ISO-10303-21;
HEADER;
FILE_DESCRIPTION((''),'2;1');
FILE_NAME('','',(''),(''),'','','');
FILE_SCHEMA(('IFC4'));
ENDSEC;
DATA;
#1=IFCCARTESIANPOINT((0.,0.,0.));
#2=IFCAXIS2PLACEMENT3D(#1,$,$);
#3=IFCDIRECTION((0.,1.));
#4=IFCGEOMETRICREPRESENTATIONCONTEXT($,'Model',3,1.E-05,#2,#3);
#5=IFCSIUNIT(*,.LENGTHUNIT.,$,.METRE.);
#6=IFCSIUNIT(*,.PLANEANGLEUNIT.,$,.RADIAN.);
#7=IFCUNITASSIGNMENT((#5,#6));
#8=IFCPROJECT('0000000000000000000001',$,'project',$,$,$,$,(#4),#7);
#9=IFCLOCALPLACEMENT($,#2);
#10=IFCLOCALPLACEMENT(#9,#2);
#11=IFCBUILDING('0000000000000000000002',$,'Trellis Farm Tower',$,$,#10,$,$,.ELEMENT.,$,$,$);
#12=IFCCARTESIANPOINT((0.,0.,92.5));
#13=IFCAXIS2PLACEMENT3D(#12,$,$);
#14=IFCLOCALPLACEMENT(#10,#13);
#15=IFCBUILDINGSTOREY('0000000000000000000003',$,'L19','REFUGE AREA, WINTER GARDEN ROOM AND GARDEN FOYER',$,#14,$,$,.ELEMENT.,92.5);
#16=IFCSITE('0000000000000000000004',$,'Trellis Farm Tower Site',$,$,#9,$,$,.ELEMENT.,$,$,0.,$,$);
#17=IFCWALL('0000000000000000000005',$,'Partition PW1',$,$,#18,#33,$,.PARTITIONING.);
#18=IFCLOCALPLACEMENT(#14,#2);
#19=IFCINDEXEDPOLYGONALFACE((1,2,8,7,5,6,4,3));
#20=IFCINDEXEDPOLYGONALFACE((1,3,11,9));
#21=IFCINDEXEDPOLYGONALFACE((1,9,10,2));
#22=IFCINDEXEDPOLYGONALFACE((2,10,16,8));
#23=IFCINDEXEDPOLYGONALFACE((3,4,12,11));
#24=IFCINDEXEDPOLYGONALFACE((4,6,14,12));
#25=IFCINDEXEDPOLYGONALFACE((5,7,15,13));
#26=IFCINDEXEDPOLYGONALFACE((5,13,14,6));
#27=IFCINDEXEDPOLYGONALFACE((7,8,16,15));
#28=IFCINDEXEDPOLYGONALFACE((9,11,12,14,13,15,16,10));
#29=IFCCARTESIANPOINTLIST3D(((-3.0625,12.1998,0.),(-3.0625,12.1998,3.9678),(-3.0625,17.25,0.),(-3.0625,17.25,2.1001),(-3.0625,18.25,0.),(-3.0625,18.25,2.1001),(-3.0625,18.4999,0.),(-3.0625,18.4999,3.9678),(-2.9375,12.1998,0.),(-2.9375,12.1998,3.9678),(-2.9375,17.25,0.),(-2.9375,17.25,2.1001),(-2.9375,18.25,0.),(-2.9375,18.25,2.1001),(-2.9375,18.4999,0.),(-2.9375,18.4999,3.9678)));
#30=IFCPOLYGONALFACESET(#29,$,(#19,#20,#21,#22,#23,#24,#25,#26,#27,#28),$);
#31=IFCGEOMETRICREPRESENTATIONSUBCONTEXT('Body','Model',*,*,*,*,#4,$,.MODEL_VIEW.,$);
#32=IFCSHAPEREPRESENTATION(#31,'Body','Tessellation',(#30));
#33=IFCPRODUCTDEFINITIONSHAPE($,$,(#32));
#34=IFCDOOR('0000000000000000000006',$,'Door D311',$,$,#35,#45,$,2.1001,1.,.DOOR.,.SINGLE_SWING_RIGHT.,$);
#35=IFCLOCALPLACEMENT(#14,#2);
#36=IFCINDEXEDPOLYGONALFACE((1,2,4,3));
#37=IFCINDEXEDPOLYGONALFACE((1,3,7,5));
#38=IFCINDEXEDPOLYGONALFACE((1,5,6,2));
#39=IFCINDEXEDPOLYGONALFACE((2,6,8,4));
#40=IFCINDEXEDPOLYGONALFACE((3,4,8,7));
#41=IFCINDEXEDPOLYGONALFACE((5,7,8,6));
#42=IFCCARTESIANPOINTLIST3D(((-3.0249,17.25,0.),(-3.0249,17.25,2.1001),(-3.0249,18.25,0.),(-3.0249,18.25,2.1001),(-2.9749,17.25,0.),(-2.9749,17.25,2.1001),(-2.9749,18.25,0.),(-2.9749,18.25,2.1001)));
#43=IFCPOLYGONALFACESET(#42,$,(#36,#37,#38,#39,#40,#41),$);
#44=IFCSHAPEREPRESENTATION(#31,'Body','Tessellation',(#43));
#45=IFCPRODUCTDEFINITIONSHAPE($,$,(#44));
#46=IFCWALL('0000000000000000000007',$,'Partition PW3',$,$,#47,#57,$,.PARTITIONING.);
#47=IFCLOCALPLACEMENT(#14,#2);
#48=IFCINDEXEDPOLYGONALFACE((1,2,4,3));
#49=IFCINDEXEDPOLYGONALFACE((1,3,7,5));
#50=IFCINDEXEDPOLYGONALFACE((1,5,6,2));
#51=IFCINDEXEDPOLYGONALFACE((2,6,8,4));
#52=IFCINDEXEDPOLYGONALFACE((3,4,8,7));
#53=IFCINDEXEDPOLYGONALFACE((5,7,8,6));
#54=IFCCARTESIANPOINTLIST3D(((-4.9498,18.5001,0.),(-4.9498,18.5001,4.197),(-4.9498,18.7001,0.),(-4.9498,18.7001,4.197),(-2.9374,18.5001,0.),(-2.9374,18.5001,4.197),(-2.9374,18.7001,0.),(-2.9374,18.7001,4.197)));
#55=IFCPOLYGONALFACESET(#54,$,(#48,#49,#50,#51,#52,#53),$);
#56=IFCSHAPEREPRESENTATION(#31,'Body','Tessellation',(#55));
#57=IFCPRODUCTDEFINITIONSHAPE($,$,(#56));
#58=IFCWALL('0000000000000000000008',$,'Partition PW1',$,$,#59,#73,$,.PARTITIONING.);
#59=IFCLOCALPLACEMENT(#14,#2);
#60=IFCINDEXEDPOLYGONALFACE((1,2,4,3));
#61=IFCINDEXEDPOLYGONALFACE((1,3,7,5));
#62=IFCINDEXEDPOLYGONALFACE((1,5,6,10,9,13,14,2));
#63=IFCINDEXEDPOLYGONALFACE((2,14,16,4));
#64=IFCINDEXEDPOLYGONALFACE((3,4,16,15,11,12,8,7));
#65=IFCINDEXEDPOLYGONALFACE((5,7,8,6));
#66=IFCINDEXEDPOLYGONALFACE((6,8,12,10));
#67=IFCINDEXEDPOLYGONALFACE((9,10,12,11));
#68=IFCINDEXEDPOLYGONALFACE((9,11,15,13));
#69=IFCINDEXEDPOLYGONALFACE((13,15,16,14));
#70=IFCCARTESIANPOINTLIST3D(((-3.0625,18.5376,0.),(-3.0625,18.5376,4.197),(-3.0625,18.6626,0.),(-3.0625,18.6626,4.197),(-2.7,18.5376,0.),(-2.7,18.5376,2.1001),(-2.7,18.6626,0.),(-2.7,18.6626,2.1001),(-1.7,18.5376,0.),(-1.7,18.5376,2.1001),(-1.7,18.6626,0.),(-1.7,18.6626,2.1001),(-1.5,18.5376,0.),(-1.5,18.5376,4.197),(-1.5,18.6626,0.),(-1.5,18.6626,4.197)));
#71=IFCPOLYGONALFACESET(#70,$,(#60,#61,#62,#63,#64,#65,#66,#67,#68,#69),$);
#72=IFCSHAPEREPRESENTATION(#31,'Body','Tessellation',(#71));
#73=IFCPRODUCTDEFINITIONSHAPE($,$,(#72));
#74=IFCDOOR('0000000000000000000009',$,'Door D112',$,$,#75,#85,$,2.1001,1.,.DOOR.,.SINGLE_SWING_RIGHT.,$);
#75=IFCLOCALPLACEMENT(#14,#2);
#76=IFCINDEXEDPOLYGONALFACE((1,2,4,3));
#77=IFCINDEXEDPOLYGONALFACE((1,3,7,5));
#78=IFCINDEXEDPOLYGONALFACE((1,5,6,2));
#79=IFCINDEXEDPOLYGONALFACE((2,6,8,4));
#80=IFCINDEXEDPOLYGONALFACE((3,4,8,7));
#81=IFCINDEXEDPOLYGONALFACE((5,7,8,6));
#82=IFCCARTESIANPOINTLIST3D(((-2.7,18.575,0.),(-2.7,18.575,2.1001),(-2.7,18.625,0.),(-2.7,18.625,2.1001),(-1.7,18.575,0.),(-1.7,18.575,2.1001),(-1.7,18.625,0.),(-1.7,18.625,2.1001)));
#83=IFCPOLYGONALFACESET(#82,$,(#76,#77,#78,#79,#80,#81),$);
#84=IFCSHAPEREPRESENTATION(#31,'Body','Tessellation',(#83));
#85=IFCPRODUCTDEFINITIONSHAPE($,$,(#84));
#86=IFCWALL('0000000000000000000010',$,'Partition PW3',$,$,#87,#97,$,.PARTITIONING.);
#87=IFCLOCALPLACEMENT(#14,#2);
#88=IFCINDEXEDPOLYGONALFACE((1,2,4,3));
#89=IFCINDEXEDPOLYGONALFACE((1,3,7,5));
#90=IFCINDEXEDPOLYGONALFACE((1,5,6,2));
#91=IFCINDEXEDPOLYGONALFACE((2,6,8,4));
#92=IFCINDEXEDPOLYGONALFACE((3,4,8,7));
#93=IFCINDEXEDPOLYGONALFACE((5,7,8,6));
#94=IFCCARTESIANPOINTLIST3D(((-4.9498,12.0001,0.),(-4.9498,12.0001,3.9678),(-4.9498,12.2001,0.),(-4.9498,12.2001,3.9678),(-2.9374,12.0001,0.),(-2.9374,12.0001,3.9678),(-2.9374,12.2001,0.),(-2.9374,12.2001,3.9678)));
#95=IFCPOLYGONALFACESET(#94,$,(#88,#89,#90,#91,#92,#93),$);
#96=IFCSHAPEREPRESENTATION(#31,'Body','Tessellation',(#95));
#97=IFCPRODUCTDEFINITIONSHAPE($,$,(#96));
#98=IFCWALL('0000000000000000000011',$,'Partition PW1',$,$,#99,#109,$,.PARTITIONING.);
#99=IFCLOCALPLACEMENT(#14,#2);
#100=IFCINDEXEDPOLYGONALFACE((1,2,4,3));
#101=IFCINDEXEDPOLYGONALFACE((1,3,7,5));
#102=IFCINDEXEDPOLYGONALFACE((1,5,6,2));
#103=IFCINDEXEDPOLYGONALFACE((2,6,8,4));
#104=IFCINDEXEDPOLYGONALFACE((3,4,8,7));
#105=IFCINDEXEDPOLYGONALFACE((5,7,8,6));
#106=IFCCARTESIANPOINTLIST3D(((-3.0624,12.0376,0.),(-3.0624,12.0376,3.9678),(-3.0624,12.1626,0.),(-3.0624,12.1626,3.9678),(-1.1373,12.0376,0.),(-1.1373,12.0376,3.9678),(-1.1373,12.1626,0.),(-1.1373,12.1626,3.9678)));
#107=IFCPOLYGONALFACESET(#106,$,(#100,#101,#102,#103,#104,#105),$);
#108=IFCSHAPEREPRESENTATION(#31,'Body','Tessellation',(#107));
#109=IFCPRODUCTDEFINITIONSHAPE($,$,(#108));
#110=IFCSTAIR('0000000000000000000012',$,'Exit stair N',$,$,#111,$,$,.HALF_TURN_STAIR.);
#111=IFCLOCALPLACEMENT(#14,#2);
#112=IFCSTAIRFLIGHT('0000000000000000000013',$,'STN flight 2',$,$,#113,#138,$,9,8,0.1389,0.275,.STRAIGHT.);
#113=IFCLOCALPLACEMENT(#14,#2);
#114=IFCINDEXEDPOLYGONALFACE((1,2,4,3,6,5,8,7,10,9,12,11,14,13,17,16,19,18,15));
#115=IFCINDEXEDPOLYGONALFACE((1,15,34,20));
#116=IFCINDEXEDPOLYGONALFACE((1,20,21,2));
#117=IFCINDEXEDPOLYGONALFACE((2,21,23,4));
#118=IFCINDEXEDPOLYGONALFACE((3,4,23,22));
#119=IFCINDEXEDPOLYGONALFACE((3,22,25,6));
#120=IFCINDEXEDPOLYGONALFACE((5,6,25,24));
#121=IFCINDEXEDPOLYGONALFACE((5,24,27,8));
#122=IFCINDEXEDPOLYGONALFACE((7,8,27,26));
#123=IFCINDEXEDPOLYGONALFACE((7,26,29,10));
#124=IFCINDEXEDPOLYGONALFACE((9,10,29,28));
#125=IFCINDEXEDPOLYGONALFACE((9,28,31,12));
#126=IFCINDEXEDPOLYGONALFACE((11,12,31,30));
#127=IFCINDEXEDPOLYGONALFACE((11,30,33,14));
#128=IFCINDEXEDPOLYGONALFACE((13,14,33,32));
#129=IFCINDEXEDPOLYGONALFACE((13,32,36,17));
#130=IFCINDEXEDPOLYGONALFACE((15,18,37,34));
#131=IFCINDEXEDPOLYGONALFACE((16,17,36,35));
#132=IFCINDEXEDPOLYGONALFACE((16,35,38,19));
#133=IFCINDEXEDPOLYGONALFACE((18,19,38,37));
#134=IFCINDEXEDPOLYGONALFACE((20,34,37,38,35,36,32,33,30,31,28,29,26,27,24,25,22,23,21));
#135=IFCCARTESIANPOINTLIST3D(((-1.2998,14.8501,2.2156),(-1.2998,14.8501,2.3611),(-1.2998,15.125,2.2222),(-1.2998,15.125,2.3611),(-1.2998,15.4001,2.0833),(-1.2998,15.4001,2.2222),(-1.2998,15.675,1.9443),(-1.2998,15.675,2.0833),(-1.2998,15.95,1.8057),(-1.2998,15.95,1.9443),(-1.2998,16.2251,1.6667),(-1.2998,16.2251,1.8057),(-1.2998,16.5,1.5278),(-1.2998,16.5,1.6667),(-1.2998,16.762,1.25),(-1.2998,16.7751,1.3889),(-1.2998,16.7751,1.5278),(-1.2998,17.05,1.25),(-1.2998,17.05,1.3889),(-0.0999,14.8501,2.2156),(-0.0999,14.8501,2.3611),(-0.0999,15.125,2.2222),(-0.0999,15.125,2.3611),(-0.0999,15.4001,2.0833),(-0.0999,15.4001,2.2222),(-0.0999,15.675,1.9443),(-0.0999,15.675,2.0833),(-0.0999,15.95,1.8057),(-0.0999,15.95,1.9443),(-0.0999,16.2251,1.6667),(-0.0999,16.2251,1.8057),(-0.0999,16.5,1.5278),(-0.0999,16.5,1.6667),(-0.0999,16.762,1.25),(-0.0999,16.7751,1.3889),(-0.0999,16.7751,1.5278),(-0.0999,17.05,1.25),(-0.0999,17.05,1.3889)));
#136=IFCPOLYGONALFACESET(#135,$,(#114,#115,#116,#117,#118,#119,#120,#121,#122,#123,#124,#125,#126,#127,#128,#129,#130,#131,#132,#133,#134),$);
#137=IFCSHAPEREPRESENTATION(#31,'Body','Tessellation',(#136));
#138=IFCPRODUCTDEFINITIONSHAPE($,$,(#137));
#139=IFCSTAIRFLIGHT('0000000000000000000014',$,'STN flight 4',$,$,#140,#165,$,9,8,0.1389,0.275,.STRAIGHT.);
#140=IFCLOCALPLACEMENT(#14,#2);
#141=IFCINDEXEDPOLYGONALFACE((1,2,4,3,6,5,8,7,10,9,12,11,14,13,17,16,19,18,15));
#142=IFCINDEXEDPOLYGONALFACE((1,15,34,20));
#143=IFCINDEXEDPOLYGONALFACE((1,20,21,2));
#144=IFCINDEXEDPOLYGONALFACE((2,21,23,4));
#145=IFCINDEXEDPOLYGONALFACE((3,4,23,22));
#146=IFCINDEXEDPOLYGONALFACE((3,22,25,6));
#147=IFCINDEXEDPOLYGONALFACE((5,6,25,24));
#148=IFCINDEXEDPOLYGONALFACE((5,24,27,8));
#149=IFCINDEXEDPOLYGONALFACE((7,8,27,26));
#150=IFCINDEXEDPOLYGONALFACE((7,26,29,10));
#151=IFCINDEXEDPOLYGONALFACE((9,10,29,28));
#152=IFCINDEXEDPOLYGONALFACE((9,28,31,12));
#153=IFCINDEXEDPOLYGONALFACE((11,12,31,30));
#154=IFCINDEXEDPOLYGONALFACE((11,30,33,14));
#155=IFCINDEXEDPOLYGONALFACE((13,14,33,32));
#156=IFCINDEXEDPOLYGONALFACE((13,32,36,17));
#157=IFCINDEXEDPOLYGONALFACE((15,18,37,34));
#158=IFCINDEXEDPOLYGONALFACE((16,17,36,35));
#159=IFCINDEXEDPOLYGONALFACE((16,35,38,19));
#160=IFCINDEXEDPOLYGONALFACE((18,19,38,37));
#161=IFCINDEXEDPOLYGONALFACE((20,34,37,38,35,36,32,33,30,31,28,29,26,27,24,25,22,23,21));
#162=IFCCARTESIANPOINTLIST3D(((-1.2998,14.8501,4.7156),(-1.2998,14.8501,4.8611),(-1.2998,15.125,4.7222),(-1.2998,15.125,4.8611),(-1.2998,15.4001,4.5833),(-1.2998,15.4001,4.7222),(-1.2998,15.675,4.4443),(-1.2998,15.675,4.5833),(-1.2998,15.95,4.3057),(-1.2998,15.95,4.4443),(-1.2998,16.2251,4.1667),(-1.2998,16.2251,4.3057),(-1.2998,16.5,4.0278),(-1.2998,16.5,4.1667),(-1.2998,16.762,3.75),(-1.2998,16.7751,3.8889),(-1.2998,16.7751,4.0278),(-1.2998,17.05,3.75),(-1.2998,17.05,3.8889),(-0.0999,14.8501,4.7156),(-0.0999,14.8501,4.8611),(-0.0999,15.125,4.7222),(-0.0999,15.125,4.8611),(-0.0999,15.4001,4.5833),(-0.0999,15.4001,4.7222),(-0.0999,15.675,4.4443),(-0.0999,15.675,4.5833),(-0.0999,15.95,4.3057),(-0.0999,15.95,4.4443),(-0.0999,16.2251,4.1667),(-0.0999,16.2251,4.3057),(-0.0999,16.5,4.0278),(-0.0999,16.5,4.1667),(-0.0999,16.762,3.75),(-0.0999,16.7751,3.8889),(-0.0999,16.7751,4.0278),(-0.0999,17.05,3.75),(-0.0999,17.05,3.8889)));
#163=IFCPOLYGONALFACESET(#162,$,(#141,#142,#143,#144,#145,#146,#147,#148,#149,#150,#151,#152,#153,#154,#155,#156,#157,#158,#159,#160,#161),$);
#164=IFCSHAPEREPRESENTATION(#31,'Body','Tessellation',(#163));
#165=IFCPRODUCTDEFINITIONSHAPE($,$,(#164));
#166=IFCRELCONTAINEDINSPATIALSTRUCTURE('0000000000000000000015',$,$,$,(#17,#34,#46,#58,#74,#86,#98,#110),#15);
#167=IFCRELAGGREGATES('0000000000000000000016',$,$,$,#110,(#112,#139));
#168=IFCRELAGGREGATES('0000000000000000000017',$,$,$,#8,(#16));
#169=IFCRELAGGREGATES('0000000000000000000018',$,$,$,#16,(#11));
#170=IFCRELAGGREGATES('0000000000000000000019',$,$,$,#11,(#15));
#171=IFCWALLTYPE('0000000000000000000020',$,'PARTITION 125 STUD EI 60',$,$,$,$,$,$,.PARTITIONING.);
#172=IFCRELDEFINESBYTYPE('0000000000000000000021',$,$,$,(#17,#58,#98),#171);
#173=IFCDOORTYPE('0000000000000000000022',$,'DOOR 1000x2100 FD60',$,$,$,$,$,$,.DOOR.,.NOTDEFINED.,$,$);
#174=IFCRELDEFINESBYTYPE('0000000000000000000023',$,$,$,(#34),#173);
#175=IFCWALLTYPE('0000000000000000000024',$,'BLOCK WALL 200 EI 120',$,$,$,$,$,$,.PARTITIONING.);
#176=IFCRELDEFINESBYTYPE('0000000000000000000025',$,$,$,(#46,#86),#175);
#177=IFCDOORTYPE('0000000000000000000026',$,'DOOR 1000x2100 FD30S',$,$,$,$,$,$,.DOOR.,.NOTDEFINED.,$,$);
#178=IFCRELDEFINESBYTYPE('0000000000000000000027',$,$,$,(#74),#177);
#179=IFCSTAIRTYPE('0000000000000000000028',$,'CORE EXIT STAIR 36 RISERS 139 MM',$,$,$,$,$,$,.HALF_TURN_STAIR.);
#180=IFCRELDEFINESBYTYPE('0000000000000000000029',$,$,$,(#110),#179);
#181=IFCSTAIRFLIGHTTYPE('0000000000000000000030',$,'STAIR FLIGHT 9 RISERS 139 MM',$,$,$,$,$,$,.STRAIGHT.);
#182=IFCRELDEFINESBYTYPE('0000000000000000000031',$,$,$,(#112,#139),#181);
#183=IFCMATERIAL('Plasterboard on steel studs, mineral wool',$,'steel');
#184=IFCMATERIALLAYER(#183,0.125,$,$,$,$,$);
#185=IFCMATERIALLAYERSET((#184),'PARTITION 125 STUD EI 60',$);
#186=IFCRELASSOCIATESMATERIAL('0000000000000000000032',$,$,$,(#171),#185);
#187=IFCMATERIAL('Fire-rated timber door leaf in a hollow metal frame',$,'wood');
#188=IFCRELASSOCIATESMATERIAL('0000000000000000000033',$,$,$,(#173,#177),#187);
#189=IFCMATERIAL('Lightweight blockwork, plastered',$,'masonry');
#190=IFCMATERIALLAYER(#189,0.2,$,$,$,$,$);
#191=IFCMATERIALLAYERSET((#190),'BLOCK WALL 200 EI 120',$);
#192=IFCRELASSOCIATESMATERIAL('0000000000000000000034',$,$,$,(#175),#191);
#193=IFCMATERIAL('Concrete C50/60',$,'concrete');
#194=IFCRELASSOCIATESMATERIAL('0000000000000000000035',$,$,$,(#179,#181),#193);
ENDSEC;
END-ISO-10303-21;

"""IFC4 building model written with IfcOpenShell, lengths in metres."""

from ifc_helpers import new_model, si_unit, direction, frame, frame_2d, origin, place, context, subcontext, project, spatial, polyline, rectangle, outline, extrude, source, transform, mapped, material, layer, layer_set, type_object, element, fill, aggregate, save


model = new_model("IFC4")

# Units and contexts
model_context = context("Model", 3, precision=1e-05, world=origin(), true_north=direction((0.0, 1.0)))
body_context = subcontext(model_context, "Body", "Model", "MODEL_VIEW")
ifc_project = project(units=[si_unit("LENGTHUNIT", "METRE"), si_unit("PLANEANGLEUNIT", "RADIAN")], contexts=[model_context])

# Site, building, storey
site_placement = place(None, origin())
site = spatial("IfcSite", under=ifc_project, at=site_placement, Name="Trellis Farm Tower Site", CompositionType="ELEMENT", RefElevation=0.0)
building_placement = place(site_placement, origin())
building = spatial("IfcBuilding", under=site, at=building_placement, Name="Trellis Farm Tower", CompositionType="ELEMENT")
storey_placement = place(building_placement, frame((0.0, 0.0, 92.5)))
storey = spatial("IfcBuildingStorey", under=building, at=storey_placement, Name="L19", Description="REFUGE AREA, WINTER GARDEN ROOM AND GARDEN FOYER", CompositionType="ELEMENT", Elevation=92.5)

# Shared definitions
placement_1 = place(storey_placement, origin())

# Shared definitions
ifc_material_1 = material(Name="Plasterboard on steel studs, mineral wool", Category="steel")
ifc_layer_1 = layer(ifc_material_1, 0.125)
ifc_layer_set_1 = layer_set([ifc_layer_1], Name="PARTITION 125 STUD EI 60")
wall_type_1 = type_object("IfcWallType", Name="PARTITION 125 STUD EI 60", PredefinedType="PARTITIONING", material=ifc_layer_set_1)

# Shared definitions
shared_shape_1 = source(origin(), body_context, "Body", "SweptSolid", [
    extrude(rectangle(XDim=1.0, YDim=2.1001, at=frame_2d((0.5, 1.05))), frame((0.0, 0.0725, 0.0), z_axis=(0.0, -1.0, 0.0), x_axis=(1.0, 0.0, 0.0)), (0.0, 0.0, 1.0), 0.145),
])
ifc_material_2 = material(Name="Fire-rated timber door leaf in a hollow metal frame", Category="wood")
door_type_1 = type_object("IfcDoorType", Name="DOOR 1000x2100 FD60", OperationType="NOTDEFINED", PredefinedType="DOOR", material=ifc_material_2)
shared_shape_2 = source(origin(), body_context, "Body", "SweptSolid", [
    extrude(rectangle(XDim=1.0, YDim=2.1001, at=frame_2d((0.5, 1.05))), frame((0.0, 0.0249, 0.0), z_axis=(0.0, -1.0, 0.0), x_axis=(1.0, 0.0, 0.0)), (0.0, 0.0, 1.0), 0.05),
])

# Wall, opening, door
shared_shape_3 = source(origin(), body_context, "Body", "SweptSolid", [
    extrude(rectangle(XDim=6.3, YDim=0.125, at=frame_2d((3.1499, 0.0))), origin(), (0.0, 0.0, 1.0), 3.9678),
])
wall_1_placement = place(storey_placement, frame((-3.0, 12.2, 0.0), z_axis=(0.0, 0.0, 1.0), x_axis=(0.0, 1.0, 0.0)))
wall_1 = element("IfcWall", 1, at=wall_1_placement, inside=storey, type_object=wall_type_1, Name="Partition PW1", PredefinedType="PARTITIONING", context=body_context, shape_type="MappedRepresentation", body=[
    mapped(shared_shape_3, transform((0.0, 0.0, 0.0))),
])
opening_1_placement = place(wall_1_placement, frame((5.05, 0.0, 0.0)))
opening_1 = element("IfcOpeningElement", 2, at=opening_1_placement, cuts=wall_1, PredefinedType="OPENING", context=body_context, shape_type="MappedRepresentation", body=[
    mapped(shared_shape_1, transform((0.0, 0.0, 0.0))),
])
door_1_placement = place(opening_1_placement, origin())
door_1 = element("IfcDoor", 3, at=door_1_placement, inside=storey, type_object=door_type_1, Name="Door D311", OperationType="SINGLE_SWING_RIGHT", OverallHeight=2.1001, OverallWidth=1.0, PredefinedType="DOOR", context=body_context, shape_type="MappedRepresentation", body=[
    mapped(shared_shape_2, transform((0.0, 0.0, 0.0))),
])
fill(opening_1, door_1)

# Wall
ifc_material_3 = material(Name="Lightweight blockwork, plastered", Category="masonry")
ifc_layer_2 = layer(ifc_material_3, 0.2)
ifc_layer_set_2 = layer_set([ifc_layer_2], Name="BLOCK WALL 200 EI 120")
wall_type_2 = type_object("IfcWallType", Name="BLOCK WALL 200 EI 120", PredefinedType="PARTITIONING", material=ifc_layer_set_2)
shared_shape_4 = source(origin(), body_context, "Body", "SweptSolid", [
    extrude(rectangle(XDim=2.0125, YDim=0.2, at=frame_2d((1.0063, 0.0))), origin(), (0.0, 0.0, 1.0), 4.197),
])
wall_2_placement = place(storey_placement, frame((-4.95, 18.6001, 0.0), z_axis=(0.0, 0.0, 1.0), x_axis=(1.0, 0.0, 0.0)))
element("IfcWall", 4, at=wall_2_placement, inside=storey, type_object=wall_type_2, Name="Partition PW3", PredefinedType="PARTITIONING", context=body_context, shape_type="MappedRepresentation", body=[
    mapped(shared_shape_4, transform((0.0, 0.0, 0.0))),
])

# Wall, opening, door
shared_shape_5 = source(origin(), body_context, "Body", "SweptSolid", [
    extrude(rectangle(XDim=1.5625, YDim=0.125, at=frame_2d((0.7812, 0.0))), origin(), (0.0, 0.0, 1.0), 4.197),
])
wall_3_placement = place(storey_placement, frame((-3.0625, 18.6001, 0.0), z_axis=(0.0, 0.0, 1.0), x_axis=(1.0, 0.0, 0.0)))
wall_3 = element("IfcWall", 5, at=wall_3_placement, inside=storey, type_object=wall_type_1, Name="Partition PW1", PredefinedType="PARTITIONING", context=body_context, shape_type="MappedRepresentation", body=[
    mapped(shared_shape_5, transform((0.0, 0.0, 0.0))),
])
opening_2_placement = place(wall_3_placement, frame((0.3625, 0.0, 0.0)))
opening_2 = element("IfcOpeningElement", 6, at=opening_2_placement, cuts=wall_3, PredefinedType="OPENING", context=body_context, shape_type="MappedRepresentation", body=[
    mapped(shared_shape_1, transform((0.0, 0.0, 0.0))),
])
door_type_2 = type_object("IfcDoorType", Name="DOOR 1000x2100 FD30S", OperationType="NOTDEFINED", PredefinedType="DOOR", material=ifc_material_2)
door_2_placement = place(opening_2_placement, origin())
door_2 = element("IfcDoor", 7, at=door_2_placement, inside=storey, type_object=door_type_2, Name="Door D112", OperationType="SINGLE_SWING_RIGHT", OverallHeight=2.1001, OverallWidth=1.0, PredefinedType="DOOR", context=body_context, shape_type="MappedRepresentation", body=[
    mapped(shared_shape_2, transform((0.0, 0.0, 0.0))),
])
fill(opening_2, door_2)

# Walls
shared_shape_6 = source(origin(), body_context, "Body", "SweptSolid", [
    extrude(rectangle(XDim=2.0125, YDim=0.2, at=frame_2d((1.0063, 0.0))), origin(), (0.0, 0.0, 1.0), 3.9678),
])
wall_4_placement = place(storey_placement, frame((-4.95, 12.1001, 0.0), z_axis=(0.0, 0.0, 1.0), x_axis=(1.0, 0.0, 0.0)))
element("IfcWall", 8, at=wall_4_placement, inside=storey, type_object=wall_type_2, Name="Partition PW3", PredefinedType="PARTITIONING", context=body_context, shape_type="MappedRepresentation", body=[
    mapped(shared_shape_6, transform((0.0, 0.0, 0.0))),
])
shared_shape_7 = source(origin(), body_context, "Body", "SweptSolid", [
    extrude(rectangle(XDim=1.925, YDim=0.125, at=frame_2d((0.9624, 0.0))), origin(), (0.0, 0.0, 1.0), 3.9678),
])
wall_5_placement = place(storey_placement, frame((-1.1375, 12.1001, 0.0), z_axis=(0.0, 0.0, 1.0), x_axis=(-1.0, 0.0, 0.0)))
element("IfcWall", 9, at=wall_5_placement, inside=storey, type_object=wall_type_1, Name="Partition PW1", PredefinedType="PARTITIONING", context=body_context, shape_type="MappedRepresentation", body=[
    mapped(shared_shape_7, transform((0.0, 0.0, 0.0))),
])

# Stair, stair flights
ifc_material_4 = material(Name="Concrete C50/60", Category="concrete")
stair_type = type_object("IfcStairType", Name="CORE EXIT STAIR 36 RISERS 139 MM", PredefinedType="HALF_TURN_STAIR", material=ifc_material_4)
stair = element("IfcStair", 10, at=placement_1, inside=storey, type_object=stair_type, Name="Exit stair N", PredefinedType="HALF_TURN_STAIR")
stair_flight_type = type_object("IfcStairFlightType", Name="STAIR FLIGHT 9 RISERS 139 MM", PredefinedType="STRAIGHT", material=ifc_material_4)
shared_shape_8 = source(origin(), body_context, "Body", "SweptSolid", [
    extrude(outline(polyline([(0.0, 0.0), (0.0, 0.1389), (0.2749, 0.1389), (0.2749, 0.2778), (0.55, 0.2778), (0.55, 0.4167), (0.825, 0.4167), (0.825, 0.5557), (1.1001, 0.5557), (1.1001, 0.6943), (1.375, 0.6943), (1.375, 0.8333), (1.6499, 0.8333), (1.6499, 0.9722), (1.925, 0.9722), (1.925, 1.1111), (2.2, 1.1111), (2.2, 1.25), (2.2, 0.9656), (0.2881, 0.0), (0.0, 0.0)])), frame((0.0, 0.6001, 0.0), z_axis=(0.0, -1.0, 0.0), x_axis=(1.0, 0.0, 0.0)), (0.0, 0.0, 1.0), 1.2),
])
stair_flight_1_placement = place(storey_placement, frame((-0.7, 17.05, 1.25), z_axis=(0.0, 0.0, 1.0), x_axis=(0.0, -1.0, 0.0)))
stair_flight_1 = element("IfcStairFlight", 11, at=stair_flight_1_placement, type_object=stair_flight_type, Name="STN flight 2", NumberOfRisers=9, NumberOfTreads=8, PredefinedType="STRAIGHT", RiserHeight=0.1389, TreadLength=0.275, context=body_context, shape_type="MappedRepresentation", body=[
    mapped(shared_shape_8, transform((0.0, 0.0, 0.0))),
])
stair_flight_2_placement = place(storey_placement, frame((-0.7, 17.05, 3.75), z_axis=(0.0, 0.0, 1.0), x_axis=(0.0, -1.0, 0.0)))
stair_flight_2 = element("IfcStairFlight", 12, at=stair_flight_2_placement, type_object=stair_flight_type, Name="STN flight 4", NumberOfRisers=9, NumberOfTreads=8, PredefinedType="STRAIGHT", RiserHeight=0.1389, TreadLength=0.275, context=body_context, shape_type="MappedRepresentation", body=[
    mapped(shared_shape_8, transform((0.0, 0.0, 0.0))),
])
aggregate(stair, [stair_flight_1, stair_flight_2])

save(model, "model.ifc")
